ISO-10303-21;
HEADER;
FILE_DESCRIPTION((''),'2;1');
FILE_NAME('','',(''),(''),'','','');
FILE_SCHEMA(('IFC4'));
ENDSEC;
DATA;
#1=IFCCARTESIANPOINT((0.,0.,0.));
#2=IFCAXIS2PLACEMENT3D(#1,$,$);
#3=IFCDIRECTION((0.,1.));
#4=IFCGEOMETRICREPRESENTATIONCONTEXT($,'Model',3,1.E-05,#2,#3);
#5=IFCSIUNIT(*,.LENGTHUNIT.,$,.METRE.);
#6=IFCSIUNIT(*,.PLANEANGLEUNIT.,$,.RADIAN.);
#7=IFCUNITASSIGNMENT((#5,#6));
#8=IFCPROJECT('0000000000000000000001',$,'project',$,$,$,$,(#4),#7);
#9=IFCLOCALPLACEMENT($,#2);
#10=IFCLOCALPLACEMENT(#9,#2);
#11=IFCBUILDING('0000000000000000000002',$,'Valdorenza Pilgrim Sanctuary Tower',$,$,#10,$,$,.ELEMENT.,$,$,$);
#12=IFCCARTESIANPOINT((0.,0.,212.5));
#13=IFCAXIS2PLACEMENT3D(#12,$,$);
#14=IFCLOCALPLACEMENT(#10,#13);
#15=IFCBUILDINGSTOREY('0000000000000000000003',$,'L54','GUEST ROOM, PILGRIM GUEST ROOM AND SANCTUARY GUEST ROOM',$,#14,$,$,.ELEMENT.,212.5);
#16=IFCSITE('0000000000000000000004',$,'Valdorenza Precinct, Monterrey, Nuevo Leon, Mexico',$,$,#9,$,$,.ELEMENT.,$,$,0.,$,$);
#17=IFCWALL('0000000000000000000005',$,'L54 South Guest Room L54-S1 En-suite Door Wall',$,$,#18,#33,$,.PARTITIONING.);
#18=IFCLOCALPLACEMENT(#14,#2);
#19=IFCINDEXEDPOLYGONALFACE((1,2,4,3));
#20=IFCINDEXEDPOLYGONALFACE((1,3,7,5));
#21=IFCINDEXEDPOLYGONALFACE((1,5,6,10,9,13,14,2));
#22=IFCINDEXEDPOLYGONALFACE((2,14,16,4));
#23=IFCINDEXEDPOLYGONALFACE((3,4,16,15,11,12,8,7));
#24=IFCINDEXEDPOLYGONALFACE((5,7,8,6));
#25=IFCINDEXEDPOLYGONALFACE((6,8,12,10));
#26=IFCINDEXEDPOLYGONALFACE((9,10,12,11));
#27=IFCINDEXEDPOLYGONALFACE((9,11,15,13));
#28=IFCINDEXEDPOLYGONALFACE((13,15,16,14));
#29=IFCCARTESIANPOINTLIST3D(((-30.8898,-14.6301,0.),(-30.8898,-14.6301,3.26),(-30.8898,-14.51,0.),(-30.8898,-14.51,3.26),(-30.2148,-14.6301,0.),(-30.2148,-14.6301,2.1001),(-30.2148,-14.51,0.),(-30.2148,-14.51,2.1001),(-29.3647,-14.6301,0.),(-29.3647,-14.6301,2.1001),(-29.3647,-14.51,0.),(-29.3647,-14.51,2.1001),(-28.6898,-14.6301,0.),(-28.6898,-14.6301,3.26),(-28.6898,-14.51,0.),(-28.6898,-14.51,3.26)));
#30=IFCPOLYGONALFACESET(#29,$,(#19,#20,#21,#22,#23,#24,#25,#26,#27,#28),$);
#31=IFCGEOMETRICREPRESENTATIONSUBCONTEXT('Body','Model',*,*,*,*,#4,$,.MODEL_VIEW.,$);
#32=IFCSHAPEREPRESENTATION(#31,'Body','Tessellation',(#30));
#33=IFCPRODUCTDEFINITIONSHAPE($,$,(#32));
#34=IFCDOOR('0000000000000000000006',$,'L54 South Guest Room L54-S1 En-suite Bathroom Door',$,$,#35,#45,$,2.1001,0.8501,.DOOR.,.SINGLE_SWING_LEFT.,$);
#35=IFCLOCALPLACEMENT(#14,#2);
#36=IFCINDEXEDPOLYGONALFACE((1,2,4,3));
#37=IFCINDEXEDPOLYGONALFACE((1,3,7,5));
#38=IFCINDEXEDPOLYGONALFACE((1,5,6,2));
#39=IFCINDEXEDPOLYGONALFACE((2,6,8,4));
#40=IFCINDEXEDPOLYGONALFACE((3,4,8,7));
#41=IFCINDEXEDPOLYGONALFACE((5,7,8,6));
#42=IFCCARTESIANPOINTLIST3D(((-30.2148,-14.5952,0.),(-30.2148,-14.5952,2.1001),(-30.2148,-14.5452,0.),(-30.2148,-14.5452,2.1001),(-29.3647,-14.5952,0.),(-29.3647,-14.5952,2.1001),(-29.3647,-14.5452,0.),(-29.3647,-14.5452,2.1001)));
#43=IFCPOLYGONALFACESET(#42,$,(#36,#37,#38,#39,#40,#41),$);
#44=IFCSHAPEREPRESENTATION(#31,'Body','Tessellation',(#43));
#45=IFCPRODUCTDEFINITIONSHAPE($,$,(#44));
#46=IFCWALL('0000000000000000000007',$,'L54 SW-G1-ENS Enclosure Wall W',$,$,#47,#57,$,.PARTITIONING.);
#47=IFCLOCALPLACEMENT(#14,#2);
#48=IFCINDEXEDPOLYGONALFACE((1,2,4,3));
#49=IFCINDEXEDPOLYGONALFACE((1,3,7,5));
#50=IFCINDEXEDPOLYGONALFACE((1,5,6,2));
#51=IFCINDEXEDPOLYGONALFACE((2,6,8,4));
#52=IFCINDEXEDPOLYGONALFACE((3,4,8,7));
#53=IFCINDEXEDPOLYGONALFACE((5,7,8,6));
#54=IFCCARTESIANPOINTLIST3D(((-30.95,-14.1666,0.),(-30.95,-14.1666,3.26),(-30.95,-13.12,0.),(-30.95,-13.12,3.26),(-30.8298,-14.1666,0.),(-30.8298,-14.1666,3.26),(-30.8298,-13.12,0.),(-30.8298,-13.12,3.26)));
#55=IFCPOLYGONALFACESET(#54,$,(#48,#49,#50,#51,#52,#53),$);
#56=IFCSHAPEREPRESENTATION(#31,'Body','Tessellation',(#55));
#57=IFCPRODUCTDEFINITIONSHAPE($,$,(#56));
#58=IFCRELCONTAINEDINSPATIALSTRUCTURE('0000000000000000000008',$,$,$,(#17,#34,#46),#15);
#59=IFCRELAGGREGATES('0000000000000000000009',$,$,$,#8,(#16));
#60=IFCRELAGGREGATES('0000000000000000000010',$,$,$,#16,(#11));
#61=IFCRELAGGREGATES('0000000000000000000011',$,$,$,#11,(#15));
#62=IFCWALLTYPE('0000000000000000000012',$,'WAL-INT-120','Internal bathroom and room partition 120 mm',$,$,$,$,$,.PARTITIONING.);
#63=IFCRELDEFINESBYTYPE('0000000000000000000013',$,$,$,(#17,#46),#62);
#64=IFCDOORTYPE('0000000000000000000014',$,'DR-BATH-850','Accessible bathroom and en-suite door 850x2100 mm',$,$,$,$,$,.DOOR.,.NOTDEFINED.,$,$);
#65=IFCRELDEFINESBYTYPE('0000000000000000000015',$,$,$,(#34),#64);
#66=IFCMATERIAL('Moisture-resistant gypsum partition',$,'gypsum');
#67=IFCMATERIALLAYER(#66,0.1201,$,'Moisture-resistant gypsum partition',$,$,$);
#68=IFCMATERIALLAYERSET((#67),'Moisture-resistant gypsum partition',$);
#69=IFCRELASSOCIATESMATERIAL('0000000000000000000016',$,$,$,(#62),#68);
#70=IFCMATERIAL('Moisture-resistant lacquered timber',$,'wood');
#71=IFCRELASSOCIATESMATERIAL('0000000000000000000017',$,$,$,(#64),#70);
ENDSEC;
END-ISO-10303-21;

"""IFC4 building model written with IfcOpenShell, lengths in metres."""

from ifc_helpers import new_model, si_unit, direction, frame, frame_2d, origin, place, context, subcontext, project, spatial, rectangle, extrude, material, layer, layer_set, type_object, element, fill, save


model = new_model("IFC4")

# Units and contexts
model_context = context("Model", 3, precision=1e-05, world=origin(), true_north=direction((0.0, 1.0)))
body_context = subcontext(model_context, "Body", "Model", "MODEL_VIEW")
ifc_project = project(units=[si_unit("LENGTHUNIT", "METRE"), si_unit("PLANEANGLEUNIT", "RADIAN")], contexts=[model_context])

# Site, building, storey
site_placement = place(None, origin())
site = spatial("IfcSite", under=ifc_project, at=site_placement, Name="Valdorenza Precinct, Monterrey, Nuevo Leon, Mexico", CompositionType="ELEMENT", RefElevation=0.0)
building_placement = place(site_placement, origin())
building = spatial("IfcBuilding", under=site, at=building_placement, Name="Valdorenza Pilgrim Sanctuary Tower", CompositionType="ELEMENT")
storey_placement = place(building_placement, frame((0.0, 0.0, 212.5)))
storey = spatial("IfcBuildingStorey", under=building, at=storey_placement, Name="L54", Description="GUEST ROOM, PILGRIM GUEST ROOM AND SANCTUARY GUEST ROOM", CompositionType="ELEMENT", Elevation=212.5)

# Shared definitions
ifc_material_1 = material(Name="Moisture-resistant gypsum partition", Category="gypsum")
ifc_layer_1 = layer(ifc_material_1, 0.1201, Name="Moisture-resistant gypsum partition")
ifc_layer_set_1 = layer_set([ifc_layer_1], Name="Moisture-resistant gypsum partition")
wall_type_1 = type_object("IfcWallType", Name="WAL-INT-120", Description="Internal bathroom and room partition 120 mm", PredefinedType="PARTITIONING", material=ifc_layer_set_1)

# Wall, opening, door
wall_1_placement = place(storey_placement, frame((-30.8899, -14.5701, 0.0), z_axis=(0.0, 0.0, 1.0), x_axis=(1.0, 0.0, 0.0)))
wall_1 = element("IfcWall", 1, at=wall_1_placement, inside=storey, type_object=wall_type_1, Name="L54 South Guest Room L54-S1 En-suite Door Wall", PredefinedType="PARTITIONING", context=body_context, shape_type="SweptSolid", body=[
    extrude(rectangle(XDim=2.2, YDim=0.1201, at=frame_2d((1.1001, 0.0))), origin(), (0.0, 0.0, 1.0), 3.26),
])
opening_1_placement = place(wall_1_placement, frame((0.675, 0.0, 0.0)))
opening_1 = element("IfcOpeningElement", 2, at=opening_1_placement, cuts=wall_1, PredefinedType="OPENING", context=body_context, shape_type="SweptSolid", body=[
    extrude(rectangle(XDim=0.8501, YDim=2.1001, at=frame_2d((0.425, 1.05))), frame((0.0, 0.075, 0.0), z_axis=(0.0, -1.0, 0.0), x_axis=(1.0, 0.0, 0.0)), (0.0, 0.0, 1.0), 0.1499),
])
ifc_material_2 = material(Name="Moisture-resistant lacquered timber", Category="wood")
door_type_1 = type_object("IfcDoorType", Name="DR-BATH-850", Description="Accessible bathroom and en-suite door 850x2100 mm", OperationType="NOTDEFINED", PredefinedType="DOOR", material=ifc_material_2)
door_1_placement = place(opening_1_placement, origin())
door_1 = element("IfcDoor", 3, at=door_1_placement, inside=storey, type_object=door_type_1, Name="L54 South Guest Room L54-S1 En-suite Bathroom Door", OperationType="SINGLE_SWING_LEFT", OverallHeight=2.1001, OverallWidth=0.8501, PredefinedType="DOOR", context=body_context, shape_type="SweptSolid", body=[
    extrude(rectangle(XDim=0.8501, YDim=2.1001, at=frame_2d((0.425, 1.05))), frame((0.0, 0.0249, 0.0), z_axis=(0.0, -1.0, 0.0), x_axis=(1.0, 0.0, 0.0)), (0.0, 0.0, 1.0), 0.05),
])
fill(opening_1, door_1)

# Wall
wall_2_placement = place(storey_placement, frame((-30.8899, -14.1667, 0.0), z_axis=(0.0, 0.0, 1.0), x_axis=(0.0, 1.0, 0.0)))
element("IfcWall", 4, at=wall_2_placement, inside=storey, type_object=wall_type_1, Name="L54 SW-G1-ENS Enclosure Wall W", PredefinedType="PARTITIONING", context=body_context, shape_type="SweptSolid", body=[
    extrude(rectangle(XDim=1.0466, YDim=0.1201, at=frame_2d((0.5234, 0.0))), origin(), (0.0, 0.0, 1.0), 3.26),
])

save(model, "model.ifc")
